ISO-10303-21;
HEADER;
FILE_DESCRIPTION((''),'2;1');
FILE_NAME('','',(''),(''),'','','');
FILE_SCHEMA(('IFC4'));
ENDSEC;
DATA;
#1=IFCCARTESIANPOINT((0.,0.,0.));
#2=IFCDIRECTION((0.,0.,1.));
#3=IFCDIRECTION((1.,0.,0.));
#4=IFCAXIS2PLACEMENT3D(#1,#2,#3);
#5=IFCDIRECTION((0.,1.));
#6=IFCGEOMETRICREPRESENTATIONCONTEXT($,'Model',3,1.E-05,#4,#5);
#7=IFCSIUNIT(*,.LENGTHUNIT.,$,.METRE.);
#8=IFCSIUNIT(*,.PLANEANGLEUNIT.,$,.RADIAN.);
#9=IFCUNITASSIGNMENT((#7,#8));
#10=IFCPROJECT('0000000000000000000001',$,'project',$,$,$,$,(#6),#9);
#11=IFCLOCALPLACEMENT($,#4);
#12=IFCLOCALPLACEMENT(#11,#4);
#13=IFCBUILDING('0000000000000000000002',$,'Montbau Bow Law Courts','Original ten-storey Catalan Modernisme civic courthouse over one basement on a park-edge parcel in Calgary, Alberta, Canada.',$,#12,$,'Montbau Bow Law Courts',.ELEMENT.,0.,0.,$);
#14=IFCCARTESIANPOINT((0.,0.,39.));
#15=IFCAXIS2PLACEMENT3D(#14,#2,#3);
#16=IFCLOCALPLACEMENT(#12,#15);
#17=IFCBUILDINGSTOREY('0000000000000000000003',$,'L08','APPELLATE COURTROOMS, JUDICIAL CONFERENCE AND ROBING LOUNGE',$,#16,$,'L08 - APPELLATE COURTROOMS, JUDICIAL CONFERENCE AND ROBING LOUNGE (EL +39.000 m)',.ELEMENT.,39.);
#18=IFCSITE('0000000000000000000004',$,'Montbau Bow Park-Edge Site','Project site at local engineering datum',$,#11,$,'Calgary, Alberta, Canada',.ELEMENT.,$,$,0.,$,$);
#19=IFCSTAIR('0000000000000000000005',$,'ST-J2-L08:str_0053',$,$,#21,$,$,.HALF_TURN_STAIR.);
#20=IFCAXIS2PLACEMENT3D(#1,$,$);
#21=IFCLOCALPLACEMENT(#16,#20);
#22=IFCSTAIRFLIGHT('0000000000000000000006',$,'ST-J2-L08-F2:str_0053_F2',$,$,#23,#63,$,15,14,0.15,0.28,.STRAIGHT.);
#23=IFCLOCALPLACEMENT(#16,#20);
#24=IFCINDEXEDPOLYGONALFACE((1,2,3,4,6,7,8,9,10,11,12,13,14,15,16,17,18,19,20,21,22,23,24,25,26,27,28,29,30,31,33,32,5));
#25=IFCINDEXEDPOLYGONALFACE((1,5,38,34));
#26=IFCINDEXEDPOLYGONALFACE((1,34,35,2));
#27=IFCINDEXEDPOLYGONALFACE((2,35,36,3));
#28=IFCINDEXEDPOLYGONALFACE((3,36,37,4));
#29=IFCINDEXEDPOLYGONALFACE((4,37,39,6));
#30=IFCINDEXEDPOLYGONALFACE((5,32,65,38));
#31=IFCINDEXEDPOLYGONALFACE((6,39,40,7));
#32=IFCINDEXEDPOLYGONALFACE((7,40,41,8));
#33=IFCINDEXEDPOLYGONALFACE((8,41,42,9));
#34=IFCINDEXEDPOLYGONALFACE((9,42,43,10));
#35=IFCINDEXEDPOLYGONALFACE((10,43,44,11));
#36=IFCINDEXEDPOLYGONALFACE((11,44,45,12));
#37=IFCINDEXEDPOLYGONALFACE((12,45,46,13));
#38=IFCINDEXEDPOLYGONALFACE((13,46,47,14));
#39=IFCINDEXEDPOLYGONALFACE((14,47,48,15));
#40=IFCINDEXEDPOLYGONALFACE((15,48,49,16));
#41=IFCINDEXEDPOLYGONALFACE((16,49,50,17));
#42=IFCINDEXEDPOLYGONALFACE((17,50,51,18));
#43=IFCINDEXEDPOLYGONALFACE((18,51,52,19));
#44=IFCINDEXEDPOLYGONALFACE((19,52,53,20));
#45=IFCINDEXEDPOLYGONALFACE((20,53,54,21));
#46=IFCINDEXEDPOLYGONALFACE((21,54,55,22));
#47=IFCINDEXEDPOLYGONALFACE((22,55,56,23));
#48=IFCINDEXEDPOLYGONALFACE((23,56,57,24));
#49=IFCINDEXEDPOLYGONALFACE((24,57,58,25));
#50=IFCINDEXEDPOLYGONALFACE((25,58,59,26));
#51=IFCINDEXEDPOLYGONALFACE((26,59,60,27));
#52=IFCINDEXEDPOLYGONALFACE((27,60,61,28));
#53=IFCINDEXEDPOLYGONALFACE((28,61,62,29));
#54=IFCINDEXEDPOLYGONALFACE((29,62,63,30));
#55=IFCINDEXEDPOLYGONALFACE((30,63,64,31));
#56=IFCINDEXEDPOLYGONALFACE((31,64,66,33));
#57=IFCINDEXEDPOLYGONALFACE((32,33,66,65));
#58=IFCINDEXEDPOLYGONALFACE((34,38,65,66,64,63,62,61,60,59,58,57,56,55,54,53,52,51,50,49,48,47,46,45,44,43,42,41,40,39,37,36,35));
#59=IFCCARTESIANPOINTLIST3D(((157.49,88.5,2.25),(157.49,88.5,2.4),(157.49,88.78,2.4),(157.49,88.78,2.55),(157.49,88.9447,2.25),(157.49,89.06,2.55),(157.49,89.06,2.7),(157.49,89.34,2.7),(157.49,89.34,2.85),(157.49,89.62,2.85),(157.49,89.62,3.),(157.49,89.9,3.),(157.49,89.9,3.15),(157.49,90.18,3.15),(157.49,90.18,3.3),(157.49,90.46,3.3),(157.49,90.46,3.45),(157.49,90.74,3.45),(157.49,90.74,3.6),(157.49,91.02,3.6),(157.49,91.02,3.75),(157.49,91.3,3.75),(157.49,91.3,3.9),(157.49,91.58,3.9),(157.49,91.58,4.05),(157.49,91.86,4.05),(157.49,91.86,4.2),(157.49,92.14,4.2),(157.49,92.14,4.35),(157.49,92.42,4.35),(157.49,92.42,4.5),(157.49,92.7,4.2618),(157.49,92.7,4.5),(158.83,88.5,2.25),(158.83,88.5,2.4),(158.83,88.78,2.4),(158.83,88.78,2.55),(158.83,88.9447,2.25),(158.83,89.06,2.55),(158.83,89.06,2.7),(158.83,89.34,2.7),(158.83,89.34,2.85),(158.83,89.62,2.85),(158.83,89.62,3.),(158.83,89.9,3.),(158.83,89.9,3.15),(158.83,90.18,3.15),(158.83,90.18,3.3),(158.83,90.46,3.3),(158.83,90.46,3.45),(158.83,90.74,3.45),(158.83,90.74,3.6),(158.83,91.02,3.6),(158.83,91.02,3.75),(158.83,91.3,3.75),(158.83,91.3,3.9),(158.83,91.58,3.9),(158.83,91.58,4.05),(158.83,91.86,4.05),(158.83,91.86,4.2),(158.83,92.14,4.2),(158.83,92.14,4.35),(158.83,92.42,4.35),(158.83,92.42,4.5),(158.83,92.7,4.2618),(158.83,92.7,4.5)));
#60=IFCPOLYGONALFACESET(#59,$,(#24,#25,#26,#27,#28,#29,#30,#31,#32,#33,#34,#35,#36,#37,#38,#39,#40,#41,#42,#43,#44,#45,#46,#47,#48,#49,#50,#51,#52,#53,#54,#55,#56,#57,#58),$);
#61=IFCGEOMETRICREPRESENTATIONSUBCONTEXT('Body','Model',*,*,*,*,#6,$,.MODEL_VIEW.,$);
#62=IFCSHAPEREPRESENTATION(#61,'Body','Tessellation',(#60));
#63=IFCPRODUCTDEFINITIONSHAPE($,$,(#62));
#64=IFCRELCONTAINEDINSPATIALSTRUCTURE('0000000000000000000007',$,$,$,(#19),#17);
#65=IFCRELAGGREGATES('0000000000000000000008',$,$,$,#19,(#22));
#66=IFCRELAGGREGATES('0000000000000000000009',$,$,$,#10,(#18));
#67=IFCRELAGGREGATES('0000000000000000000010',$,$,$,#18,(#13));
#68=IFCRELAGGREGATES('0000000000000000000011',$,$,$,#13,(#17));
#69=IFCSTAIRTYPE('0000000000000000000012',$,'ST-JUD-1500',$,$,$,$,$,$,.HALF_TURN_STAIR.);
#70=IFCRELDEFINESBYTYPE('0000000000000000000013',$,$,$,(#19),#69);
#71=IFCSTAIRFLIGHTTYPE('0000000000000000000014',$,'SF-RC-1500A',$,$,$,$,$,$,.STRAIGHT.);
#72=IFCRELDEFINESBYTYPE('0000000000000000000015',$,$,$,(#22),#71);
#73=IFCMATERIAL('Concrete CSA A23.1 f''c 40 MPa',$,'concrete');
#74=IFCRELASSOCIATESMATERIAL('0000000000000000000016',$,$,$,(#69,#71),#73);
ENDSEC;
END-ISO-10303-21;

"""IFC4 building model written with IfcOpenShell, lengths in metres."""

from ifc_helpers import new_model, si_unit, direction, frame, origin_with_axes, place, context, subcontext, project, spatial, polyline, outline, extrude, material, type_object, element, aggregate, save


model = new_model("IFC4")

# Units and contexts
model_context = context("Model", 3, precision=1e-05, world=origin_with_axes(), true_north=direction((0.0, 1.0)))
body_context = subcontext(model_context, "Body", "Model", "MODEL_VIEW")
ifc_project = project(units=[si_unit("LENGTHUNIT", "METRE"), si_unit("PLANEANGLEUNIT", "RADIAN")], contexts=[model_context])

# Site, building, storey
site_placement = place(None, origin_with_axes())
site = spatial("IfcSite", under=ifc_project, at=site_placement, Name="Montbau Bow Park-Edge Site", Description="Project site at local engineering datum", LongName="Calgary, Alberta, Canada", CompositionType="ELEMENT", RefElevation=0.0)
building_placement = place(site_placement, origin_with_axes())
building = spatial("IfcBuilding", under=site, at=building_placement, Name="Montbau Bow Law Courts", Description="Original ten-storey Catalan Modernisme civic courthouse over one basement on a park-edge parcel in Calgary, Alberta, Canada.", LongName="Montbau Bow Law Courts", CompositionType="ELEMENT", ElevationOfRefHeight=0.0, ElevationOfTerrain=0.0)
storey_placement = place(building_placement, frame((0.0, 0.0, 39.0), z_axis=(0.0, 0.0, 1.0), x_axis=(1.0, 0.0, 0.0)))
storey = spatial("IfcBuildingStorey", under=building, at=storey_placement, Name="L08", Description="APPELLATE COURTROOMS, JUDICIAL CONFERENCE AND ROBING LOUNGE", LongName="L08 - APPELLATE COURTROOMS, JUDICIAL CONFERENCE AND ROBING LOUNGE (EL +39.000 m)", CompositionType="ELEMENT", Elevation=39.0)

# Stair, stair flight
ifc_material_1 = material(Name="Concrete CSA A23.1 f'c 40 MPa", Category="concrete")
stair_type = type_object("IfcStairType", Name="ST-JUD-1500", PredefinedType="HALF_TURN_STAIR", material=ifc_material_1)
stair_placement = place(None, frame((156.29, 92.7, 39.0), z_axis=(0.0, 0.0, 1.0), x_axis=(1.0, 0.0, 0.0)))
stair = element("IfcStair", 1, at=stair_placement, inside=storey, type_object=stair_type, Name="ST-J2-L08:str_0053", PredefinedType="HALF_TURN_STAIR")
stair_flight_type = type_object("IfcStairFlightType", Name="SF-RC-1500A", PredefinedType="STRAIGHT", material=ifc_material_1)
stair_flight_1_placement = place(None, frame((158.16, 88.5, 41.25), z_axis=(0.0, 0.0, 1.0), x_axis=(0.0, 1.0, 0.0)))
stair_flight_1 = element("IfcStairFlight", 2, at=stair_flight_1_placement, type_object=stair_flight_type, Name="ST-J2-L08-F2:str_0053_F2", NumberOfRisers=15, NumberOfTreads=14, PredefinedType="STRAIGHT", RiserHeight=0.15, TreadLength=0.28, context=body_context, shape_type="SweptSolid", body=[
    extrude(outline(polyline([(0.0, 0.0), (0.0, 0.15), (0.28, 0.15), (0.28, 0.3), (0.56, 0.3), (0.56, 0.45), (0.84, 0.45), (0.84, 0.6), (1.12, 0.6), (1.12, 0.75), (1.4, 0.75), (1.4, 0.9), (1.68, 0.9), (1.68, 1.05), (1.96, 1.05), (1.96, 1.2), (2.24, 1.2), (2.24, 1.35), (2.52, 1.35), (2.52, 1.5), (2.8, 1.5), (2.8, 1.65), (3.08, 1.65), (3.08, 1.8), (3.36, 1.8), (3.36, 1.95), (3.64, 1.95), (3.64, 2.1), (3.92, 2.1), (3.92, 2.25), (4.2, 2.25), (4.2, 2.0118), (0.4447, 0.0), (0.0, 0.0)])), frame((0.0, 0.67, 0.0), z_axis=(0.0, -1.0, 0.0), x_axis=(1.0, 0.0, 0.0)), (0.0, 0.0, 1.0), 1.34),
])
aggregate(stair, [stair_flight_1])

save(model, "model.ifc")
